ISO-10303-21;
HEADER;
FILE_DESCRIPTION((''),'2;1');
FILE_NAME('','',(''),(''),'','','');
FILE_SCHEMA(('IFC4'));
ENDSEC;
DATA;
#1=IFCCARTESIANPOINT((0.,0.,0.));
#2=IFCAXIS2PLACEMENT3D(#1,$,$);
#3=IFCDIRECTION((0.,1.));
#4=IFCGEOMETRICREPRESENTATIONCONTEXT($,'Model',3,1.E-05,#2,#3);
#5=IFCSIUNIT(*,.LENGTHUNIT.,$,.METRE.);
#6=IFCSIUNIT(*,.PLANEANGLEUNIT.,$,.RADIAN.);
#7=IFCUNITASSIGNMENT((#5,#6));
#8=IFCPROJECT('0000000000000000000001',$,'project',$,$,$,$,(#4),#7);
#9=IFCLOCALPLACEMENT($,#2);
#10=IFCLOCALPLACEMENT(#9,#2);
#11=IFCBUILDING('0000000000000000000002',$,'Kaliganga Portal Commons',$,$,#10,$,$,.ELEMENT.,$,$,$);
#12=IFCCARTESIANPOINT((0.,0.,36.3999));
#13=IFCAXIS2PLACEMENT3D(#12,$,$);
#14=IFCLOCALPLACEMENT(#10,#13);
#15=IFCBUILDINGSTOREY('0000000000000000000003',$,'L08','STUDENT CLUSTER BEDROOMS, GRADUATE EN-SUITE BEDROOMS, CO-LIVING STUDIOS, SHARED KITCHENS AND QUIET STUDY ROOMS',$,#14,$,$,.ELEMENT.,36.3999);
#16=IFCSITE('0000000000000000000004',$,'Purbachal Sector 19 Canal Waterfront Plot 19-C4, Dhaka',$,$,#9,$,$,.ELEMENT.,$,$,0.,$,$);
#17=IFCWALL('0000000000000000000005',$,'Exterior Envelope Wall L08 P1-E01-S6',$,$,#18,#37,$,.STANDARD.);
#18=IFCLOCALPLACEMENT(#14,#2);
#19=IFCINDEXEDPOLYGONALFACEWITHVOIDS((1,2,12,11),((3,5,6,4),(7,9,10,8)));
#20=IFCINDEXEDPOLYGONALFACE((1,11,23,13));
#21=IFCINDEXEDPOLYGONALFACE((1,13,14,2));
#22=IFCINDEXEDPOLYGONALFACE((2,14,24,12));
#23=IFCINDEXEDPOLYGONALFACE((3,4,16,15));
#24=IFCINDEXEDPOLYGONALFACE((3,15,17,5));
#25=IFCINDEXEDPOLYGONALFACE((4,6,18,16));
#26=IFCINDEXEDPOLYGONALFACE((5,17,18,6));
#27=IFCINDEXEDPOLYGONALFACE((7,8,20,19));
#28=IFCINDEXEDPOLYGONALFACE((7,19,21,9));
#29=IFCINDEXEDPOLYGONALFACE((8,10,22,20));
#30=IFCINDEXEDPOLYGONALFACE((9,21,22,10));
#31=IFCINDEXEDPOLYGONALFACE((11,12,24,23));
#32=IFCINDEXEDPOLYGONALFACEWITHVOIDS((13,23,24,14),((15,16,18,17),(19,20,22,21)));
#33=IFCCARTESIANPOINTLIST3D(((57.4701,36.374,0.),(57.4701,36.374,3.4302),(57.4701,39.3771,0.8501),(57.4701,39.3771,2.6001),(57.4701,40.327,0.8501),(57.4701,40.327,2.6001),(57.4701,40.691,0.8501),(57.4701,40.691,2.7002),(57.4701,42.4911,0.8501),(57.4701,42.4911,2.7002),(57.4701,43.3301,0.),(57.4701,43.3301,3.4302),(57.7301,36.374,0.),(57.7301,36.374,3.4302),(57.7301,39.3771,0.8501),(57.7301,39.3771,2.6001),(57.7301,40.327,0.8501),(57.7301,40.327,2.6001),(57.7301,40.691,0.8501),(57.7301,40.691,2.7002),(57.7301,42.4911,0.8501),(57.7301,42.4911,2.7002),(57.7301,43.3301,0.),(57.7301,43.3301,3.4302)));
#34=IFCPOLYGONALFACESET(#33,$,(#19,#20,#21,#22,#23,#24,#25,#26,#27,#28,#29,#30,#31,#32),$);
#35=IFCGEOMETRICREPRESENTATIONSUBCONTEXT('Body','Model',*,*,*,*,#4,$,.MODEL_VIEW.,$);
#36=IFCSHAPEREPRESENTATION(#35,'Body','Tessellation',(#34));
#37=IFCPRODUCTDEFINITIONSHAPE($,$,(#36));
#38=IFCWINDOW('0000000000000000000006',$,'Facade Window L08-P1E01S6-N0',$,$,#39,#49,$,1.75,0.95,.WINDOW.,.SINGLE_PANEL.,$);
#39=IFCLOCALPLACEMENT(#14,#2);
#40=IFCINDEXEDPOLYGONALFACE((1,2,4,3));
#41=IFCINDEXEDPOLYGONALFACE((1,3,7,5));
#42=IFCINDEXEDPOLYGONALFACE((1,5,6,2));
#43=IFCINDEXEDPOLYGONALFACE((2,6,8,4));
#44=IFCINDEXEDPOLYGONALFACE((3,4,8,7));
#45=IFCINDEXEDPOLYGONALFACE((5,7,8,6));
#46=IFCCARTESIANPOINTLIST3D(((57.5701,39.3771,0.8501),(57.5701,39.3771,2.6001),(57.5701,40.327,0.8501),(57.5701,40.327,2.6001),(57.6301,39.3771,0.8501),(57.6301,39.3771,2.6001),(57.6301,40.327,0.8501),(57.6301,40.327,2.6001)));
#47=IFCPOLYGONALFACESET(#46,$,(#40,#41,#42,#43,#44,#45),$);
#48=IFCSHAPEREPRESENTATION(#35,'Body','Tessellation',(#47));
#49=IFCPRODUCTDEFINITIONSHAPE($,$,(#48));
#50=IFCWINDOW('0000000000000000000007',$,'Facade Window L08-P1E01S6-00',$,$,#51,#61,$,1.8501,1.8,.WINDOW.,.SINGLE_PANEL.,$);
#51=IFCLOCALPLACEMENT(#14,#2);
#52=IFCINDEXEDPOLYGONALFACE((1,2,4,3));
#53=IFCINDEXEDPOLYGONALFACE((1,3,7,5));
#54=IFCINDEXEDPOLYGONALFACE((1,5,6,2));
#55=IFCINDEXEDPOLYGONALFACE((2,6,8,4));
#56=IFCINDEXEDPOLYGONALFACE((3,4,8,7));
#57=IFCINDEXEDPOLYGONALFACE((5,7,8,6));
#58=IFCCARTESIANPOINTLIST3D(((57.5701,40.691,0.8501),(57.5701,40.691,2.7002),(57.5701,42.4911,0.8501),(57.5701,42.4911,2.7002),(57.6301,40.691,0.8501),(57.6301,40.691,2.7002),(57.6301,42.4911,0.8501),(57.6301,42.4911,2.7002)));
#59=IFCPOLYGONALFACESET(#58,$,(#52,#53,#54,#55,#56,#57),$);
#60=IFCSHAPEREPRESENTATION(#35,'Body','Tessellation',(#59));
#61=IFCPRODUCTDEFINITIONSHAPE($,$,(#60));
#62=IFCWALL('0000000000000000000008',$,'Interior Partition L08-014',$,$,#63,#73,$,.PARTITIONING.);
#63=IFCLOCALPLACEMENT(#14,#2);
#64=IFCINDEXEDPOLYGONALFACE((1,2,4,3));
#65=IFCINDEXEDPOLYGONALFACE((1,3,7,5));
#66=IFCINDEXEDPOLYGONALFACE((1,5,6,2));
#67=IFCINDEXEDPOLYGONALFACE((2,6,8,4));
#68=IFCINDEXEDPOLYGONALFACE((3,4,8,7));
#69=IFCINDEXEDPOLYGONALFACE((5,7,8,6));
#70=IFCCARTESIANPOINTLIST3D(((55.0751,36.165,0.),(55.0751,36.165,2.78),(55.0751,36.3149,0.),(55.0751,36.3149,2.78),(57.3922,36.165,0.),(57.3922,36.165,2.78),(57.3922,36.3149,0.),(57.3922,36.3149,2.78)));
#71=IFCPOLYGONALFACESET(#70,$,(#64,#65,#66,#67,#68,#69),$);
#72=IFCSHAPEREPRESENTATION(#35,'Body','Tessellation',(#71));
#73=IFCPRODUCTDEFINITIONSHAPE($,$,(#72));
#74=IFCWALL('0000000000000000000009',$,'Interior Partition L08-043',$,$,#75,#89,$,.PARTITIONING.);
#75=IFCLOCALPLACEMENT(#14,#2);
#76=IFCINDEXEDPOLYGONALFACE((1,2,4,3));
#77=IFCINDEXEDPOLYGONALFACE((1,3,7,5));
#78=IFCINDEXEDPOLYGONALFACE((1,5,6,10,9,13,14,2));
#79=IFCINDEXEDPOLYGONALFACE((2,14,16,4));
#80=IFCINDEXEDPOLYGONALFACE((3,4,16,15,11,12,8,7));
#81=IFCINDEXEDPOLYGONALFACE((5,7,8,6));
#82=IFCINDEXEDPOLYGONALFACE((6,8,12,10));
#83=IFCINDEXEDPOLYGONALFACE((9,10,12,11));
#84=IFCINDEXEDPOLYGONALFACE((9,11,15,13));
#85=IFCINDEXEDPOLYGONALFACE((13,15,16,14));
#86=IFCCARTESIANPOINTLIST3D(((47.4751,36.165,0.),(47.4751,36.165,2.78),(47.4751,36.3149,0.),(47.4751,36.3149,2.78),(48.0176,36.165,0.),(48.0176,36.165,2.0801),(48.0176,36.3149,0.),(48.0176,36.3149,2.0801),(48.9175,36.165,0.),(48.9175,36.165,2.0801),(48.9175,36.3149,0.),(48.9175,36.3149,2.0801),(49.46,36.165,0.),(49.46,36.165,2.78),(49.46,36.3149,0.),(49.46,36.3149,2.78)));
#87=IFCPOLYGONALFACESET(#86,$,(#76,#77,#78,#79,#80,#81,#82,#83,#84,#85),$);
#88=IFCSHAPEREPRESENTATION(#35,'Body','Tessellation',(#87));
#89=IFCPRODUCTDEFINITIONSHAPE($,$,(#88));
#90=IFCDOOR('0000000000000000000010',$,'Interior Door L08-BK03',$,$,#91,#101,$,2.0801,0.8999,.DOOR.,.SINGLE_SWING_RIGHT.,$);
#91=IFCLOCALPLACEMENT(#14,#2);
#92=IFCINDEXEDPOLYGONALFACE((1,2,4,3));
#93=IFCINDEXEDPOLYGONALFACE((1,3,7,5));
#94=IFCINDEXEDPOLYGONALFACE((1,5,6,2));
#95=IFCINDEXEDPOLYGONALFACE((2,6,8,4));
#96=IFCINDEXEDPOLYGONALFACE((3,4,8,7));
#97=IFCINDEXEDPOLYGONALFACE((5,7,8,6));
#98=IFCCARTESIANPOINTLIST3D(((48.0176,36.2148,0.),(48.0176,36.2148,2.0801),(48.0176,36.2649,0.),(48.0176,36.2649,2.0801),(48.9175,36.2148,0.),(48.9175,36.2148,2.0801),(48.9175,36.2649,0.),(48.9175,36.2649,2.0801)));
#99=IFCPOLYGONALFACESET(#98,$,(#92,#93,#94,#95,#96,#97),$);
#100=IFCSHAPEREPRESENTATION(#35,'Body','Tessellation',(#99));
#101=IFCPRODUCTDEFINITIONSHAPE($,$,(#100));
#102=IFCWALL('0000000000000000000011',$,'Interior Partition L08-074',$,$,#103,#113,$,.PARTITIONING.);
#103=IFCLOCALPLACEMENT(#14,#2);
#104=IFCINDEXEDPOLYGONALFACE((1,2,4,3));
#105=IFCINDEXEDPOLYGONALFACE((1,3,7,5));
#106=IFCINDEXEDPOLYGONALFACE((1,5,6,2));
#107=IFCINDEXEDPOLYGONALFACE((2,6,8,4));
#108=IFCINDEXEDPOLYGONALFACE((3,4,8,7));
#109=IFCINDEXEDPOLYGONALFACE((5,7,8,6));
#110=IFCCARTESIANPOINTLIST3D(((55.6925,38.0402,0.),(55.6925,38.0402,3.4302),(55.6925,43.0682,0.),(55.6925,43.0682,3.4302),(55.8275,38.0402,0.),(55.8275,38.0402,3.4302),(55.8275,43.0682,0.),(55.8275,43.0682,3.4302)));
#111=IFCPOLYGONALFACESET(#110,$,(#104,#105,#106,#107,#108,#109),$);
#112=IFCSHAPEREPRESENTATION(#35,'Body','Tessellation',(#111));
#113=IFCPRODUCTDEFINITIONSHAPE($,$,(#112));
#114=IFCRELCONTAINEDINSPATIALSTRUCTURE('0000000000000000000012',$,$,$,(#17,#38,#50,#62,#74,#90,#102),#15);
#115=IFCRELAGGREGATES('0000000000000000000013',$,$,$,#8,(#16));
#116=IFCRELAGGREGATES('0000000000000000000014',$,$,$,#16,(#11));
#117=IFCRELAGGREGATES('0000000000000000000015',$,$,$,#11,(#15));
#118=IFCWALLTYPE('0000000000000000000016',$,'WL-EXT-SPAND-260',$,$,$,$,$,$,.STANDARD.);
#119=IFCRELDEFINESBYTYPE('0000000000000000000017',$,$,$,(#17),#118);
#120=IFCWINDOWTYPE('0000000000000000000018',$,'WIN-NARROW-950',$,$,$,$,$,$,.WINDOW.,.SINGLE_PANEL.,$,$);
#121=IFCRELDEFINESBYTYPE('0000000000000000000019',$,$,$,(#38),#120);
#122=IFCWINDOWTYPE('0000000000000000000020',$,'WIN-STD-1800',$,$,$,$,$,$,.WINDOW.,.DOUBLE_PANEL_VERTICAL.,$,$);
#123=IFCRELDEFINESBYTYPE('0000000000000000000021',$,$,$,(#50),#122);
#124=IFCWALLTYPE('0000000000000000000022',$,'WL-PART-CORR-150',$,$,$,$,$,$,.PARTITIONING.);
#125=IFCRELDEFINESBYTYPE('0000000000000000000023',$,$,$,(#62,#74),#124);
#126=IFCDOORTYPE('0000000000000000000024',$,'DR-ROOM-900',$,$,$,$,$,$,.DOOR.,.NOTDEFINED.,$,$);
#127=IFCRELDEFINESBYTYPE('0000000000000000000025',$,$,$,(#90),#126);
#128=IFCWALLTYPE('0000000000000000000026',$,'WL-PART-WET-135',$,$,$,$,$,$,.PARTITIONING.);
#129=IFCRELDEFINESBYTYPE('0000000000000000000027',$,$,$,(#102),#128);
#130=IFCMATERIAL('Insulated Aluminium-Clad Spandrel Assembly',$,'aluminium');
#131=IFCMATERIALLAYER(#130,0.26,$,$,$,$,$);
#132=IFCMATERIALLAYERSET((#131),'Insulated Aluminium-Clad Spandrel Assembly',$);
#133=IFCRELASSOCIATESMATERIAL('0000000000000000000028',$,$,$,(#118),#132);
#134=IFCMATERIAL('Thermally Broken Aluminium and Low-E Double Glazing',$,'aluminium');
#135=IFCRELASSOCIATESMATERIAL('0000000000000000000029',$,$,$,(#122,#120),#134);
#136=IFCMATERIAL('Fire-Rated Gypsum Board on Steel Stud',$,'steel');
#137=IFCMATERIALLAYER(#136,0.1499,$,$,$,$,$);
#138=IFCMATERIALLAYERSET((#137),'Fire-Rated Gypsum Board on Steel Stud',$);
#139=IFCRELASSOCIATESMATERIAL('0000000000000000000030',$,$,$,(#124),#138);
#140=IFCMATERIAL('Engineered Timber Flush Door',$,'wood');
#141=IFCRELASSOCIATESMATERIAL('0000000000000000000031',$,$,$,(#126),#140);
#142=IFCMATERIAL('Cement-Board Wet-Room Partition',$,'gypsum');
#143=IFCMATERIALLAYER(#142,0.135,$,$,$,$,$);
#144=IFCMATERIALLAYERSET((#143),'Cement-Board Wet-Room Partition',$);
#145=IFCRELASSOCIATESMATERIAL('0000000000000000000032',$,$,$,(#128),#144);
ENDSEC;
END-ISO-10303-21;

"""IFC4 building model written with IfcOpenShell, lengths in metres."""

from ifc_helpers import new_model, si_unit, direction, frame, frame_2d, origin, place, context, subcontext, project, spatial, rectangle, extrude, material, layer, layer_set, type_object, element, fill, save


model = new_model("IFC4")

# Units and contexts
model_context = context("Model", 3, precision=1e-05, world=origin(), true_north=direction((0.0, 1.0)))
body_context = subcontext(model_context, "Body", "Model", "MODEL_VIEW")
ifc_project = project(units=[si_unit("LENGTHUNIT", "METRE"), si_unit("PLANEANGLEUNIT", "RADIAN")], contexts=[model_context])

# Site, building, storey
site_placement = place(None, origin())
site = spatial("IfcSite", under=ifc_project, at=site_placement, Name="Purbachal Sector 19 Canal Waterfront Plot 19-C4, Dhaka", CompositionType="ELEMENT", RefElevation=0.0)
building_placement = place(site_placement, origin())
building = spatial("IfcBuilding", under=site, at=building_placement, Name="Kaliganga Portal Commons", CompositionType="ELEMENT")
storey_placement = place(building_placement, frame((0.0, 0.0, 36.3999)))
storey = spatial("IfcBuildingStorey", under=building, at=storey_placement, Name="L08", Description="STUDENT CLUSTER BEDROOMS, GRADUATE EN-SUITE BEDROOMS, CO-LIVING STUDIOS, SHARED KITCHENS AND QUIET STUDY ROOMS", CompositionType="ELEMENT", Elevation=36.3999)

# Wall, openings, windows
ifc_material_1 = material(Name="Insulated Aluminium-Clad Spandrel Assembly", Category="aluminium")
ifc_layer_1 = layer(ifc_material_1, 0.26)
ifc_layer_set_1 = layer_set([ifc_layer_1], Name="Insulated Aluminium-Clad Spandrel Assembly")
wall_type_1 = type_object("IfcWallType", Name="WL-EXT-SPAND-260", PredefinedType="STANDARD", material=ifc_layer_set_1)
ifc_material_2 = material(Name="Thermally Broken Aluminium and Low-E Double Glazing", Category="aluminium")
window_type_1 = type_object("IfcWindowType", Name="WIN-STD-1800", PartitioningType="DOUBLE_PANEL_VERTICAL", PredefinedType="WINDOW", material=ifc_material_2)
wall_1_placement = place(storey_placement, frame((57.6001, 43.3301, 0.0), z_axis=(0.0, 0.0, 1.0), x_axis=(0.0, -1.0, 0.0)))
wall_1 = element("IfcWall", 1, at=wall_1_placement, inside=storey, type_object=wall_type_1, Name="Exterior Envelope Wall L08 P1-E01-S6", PredefinedType="STANDARD", context=body_context, shape_type="SweptSolid", body=[
    extrude(rectangle(XDim=6.9561, YDim=0.26, at=frame_2d((3.478, 0.0))), origin(), (0.0, 0.0, 1.0), 3.4302),
])
opening_1_placement = place(wall_1_placement, frame((0.8391, 0.0, 0.8501)))
opening_1 = element("IfcOpeningElement", 2, at=opening_1_placement, cuts=wall_1, PredefinedType="OPENING", context=body_context, shape_type="SweptSolid", body=[
    extrude(rectangle(XDim=1.8, YDim=1.8501, at=frame_2d((0.8999, 0.925))), frame((0.0, 0.1401, 0.0), z_axis=(0.0, -1.0, 0.0), x_axis=(1.0, 0.0, 0.0)), (0.0, 0.0, 1.0), 0.28),
])
opening_2_placement = place(wall_1_placement, frame((3.0029, 0.0, 0.8501)))
opening_2 = element("IfcOpeningElement", 3, at=opening_2_placement, cuts=wall_1, PredefinedType="OPENING", context=body_context, shape_type="SweptSolid", body=[
    extrude(rectangle(XDim=0.95, YDim=1.75, at=frame_2d((0.4751, 0.875))), frame((0.0, 0.1401, 0.0), z_axis=(0.0, -1.0, 0.0), x_axis=(1.0, 0.0, 0.0)), (0.0, 0.0, 1.0), 0.28),
])
window_type_2 = type_object("IfcWindowType", Name="WIN-NARROW-950", PartitioningType="SINGLE_PANEL", PredefinedType="WINDOW", material=ifc_material_2)
window_1_placement = place(opening_2_placement, origin())
window_1 = element("IfcWindow", 4, at=window_1_placement, inside=storey, type_object=window_type_2, Name="Facade Window L08-P1E01S6-N0", OverallHeight=1.75, OverallWidth=0.95, PartitioningType="SINGLE_PANEL", PredefinedType="WINDOW", context=body_context, shape_type="SweptSolid", body=[
    extrude(rectangle(XDim=0.95, YDim=1.75, at=frame_2d((0.4751, 0.875))), frame((0.0, 0.03, 0.0), z_axis=(0.0, -1.0, 0.0), x_axis=(1.0, 0.0, 0.0)), (0.0, 0.0, 1.0), 0.0601),
])
fill(opening_2, window_1)
window_2_placement = place(opening_1_placement, origin())
window_2 = element("IfcWindow", 5, at=window_2_placement, inside=storey, type_object=window_type_1, Name="Facade Window L08-P1E01S6-00", OverallHeight=1.8501, OverallWidth=1.8, PartitioningType="SINGLE_PANEL", PredefinedType="WINDOW", context=body_context, shape_type="SweptSolid", body=[
    extrude(rectangle(XDim=1.8, YDim=1.8501, at=frame_2d((0.8999, 0.925))), frame((0.0, 0.03, 0.0), z_axis=(0.0, -1.0, 0.0), x_axis=(1.0, 0.0, 0.0)), (0.0, 0.0, 1.0), 0.0601),
])
fill(opening_1, window_2)

# Shared definitions
ifc_material_3 = material(Name="Fire-Rated Gypsum Board on Steel Stud", Category="steel")
ifc_layer_2 = layer(ifc_material_3, 0.1499)
ifc_layer_set_2 = layer_set([ifc_layer_2], Name="Fire-Rated Gypsum Board on Steel Stud")
wall_type_2 = type_object("IfcWallType", Name="WL-PART-CORR-150", PredefinedType="PARTITIONING", material=ifc_layer_set_2)

# Wall
wall_2_placement = place(storey_placement, frame((55.075, 36.24, 0.0), z_axis=(0.0, 0.0, 1.0), x_axis=(1.0, 0.0, 0.0)))
element("IfcWall", 6, at=wall_2_placement, inside=storey, type_object=wall_type_2, Name="Interior Partition L08-014", PredefinedType="PARTITIONING", context=body_context, shape_type="SweptSolid", body=[
    extrude(rectangle(XDim=2.3171, YDim=0.1499, at=frame_2d((1.1587, 0.0))), origin(), (0.0, 0.0, 1.0), 2.78),
])

# Wall, opening, door
wall_3_placement = place(storey_placement, frame((47.4751, 36.24, 0.0), z_axis=(0.0, 0.0, 1.0), x_axis=(1.0, 0.0, 0.0)))
wall_3 = element("IfcWall", 7, at=wall_3_placement, inside=storey, type_object=wall_type_2, Name="Interior Partition L08-043", PredefinedType="PARTITIONING", context=body_context, shape_type="SweptSolid", body=[
    extrude(rectangle(XDim=1.9849, YDim=0.1499, at=frame_2d((0.9924, 0.0))), origin(), (0.0, 0.0, 1.0), 2.78),
])
opening_3_placement = place(wall_3_placement, frame((0.5425, 0.0, 0.0)))
opening_3 = element("IfcOpeningElement", 8, at=opening_3_placement, cuts=wall_3, PredefinedType="OPENING", context=body_context, shape_type="SweptSolid", body=[
    extrude(rectangle(XDim=0.8999, YDim=2.0801, at=frame_2d((0.45, 1.04))), frame((0.0, 0.085, 0.0), z_axis=(0.0, -1.0, 0.0), x_axis=(1.0, 0.0, 0.0)), (0.0, 0.0, 1.0), 0.1699),
])
ifc_material_4 = material(Name="Engineered Timber Flush Door", Category="wood")
door_type_1 = type_object("IfcDoorType", Name="DR-ROOM-900", OperationType="NOTDEFINED", PredefinedType="DOOR", material=ifc_material_4)
door_1_placement = place(opening_3_placement, origin())
door_1 = element("IfcDoor", 9, at=door_1_placement, inside=storey, type_object=door_type_1, Name="Interior Door L08-BK03", OperationType="SINGLE_SWING_RIGHT", OverallHeight=2.0801, OverallWidth=0.8999, PredefinedType="DOOR", context=body_context, shape_type="SweptSolid", body=[
    extrude(rectangle(XDim=0.8999, YDim=2.0801, at=frame_2d((0.45, 1.04))), frame((0.0, 0.0249, 0.0), z_axis=(0.0, -1.0, 0.0), x_axis=(1.0, 0.0, 0.0)), (0.0, 0.0, 1.0), 0.05),
])
fill(opening_3, door_1)

# Wall
ifc_material_5 = material(Name="Cement-Board Wet-Room Partition", Category="gypsum")
ifc_layer_3 = layer(ifc_material_5, 0.135)
ifc_layer_set_3 = layer_set([ifc_layer_3], Name="Cement-Board Wet-Room Partition")
wall_type_3 = type_object("IfcWallType", Name="WL-PART-WET-135", PredefinedType="PARTITIONING", material=ifc_layer_set_3)
wall_4_placement = place(storey_placement, frame((55.76, 38.04, 0.0), z_axis=(0.0, 0.0, 1.0), x_axis=(0.0, 1.0, 0.0)))
element("IfcWall", 10, at=wall_4_placement, inside=storey, type_object=wall_type_3, Name="Interior Partition L08-074", PredefinedType="PARTITIONING", context=body_context, shape_type="SweptSolid", body=[
    extrude(rectangle(XDim=5.0281, YDim=0.135, at=frame_2d((2.5142, 0.0))), origin(), (0.0, 0.0, 1.0), 3.4302),
])

save(model, "model.ifc")
